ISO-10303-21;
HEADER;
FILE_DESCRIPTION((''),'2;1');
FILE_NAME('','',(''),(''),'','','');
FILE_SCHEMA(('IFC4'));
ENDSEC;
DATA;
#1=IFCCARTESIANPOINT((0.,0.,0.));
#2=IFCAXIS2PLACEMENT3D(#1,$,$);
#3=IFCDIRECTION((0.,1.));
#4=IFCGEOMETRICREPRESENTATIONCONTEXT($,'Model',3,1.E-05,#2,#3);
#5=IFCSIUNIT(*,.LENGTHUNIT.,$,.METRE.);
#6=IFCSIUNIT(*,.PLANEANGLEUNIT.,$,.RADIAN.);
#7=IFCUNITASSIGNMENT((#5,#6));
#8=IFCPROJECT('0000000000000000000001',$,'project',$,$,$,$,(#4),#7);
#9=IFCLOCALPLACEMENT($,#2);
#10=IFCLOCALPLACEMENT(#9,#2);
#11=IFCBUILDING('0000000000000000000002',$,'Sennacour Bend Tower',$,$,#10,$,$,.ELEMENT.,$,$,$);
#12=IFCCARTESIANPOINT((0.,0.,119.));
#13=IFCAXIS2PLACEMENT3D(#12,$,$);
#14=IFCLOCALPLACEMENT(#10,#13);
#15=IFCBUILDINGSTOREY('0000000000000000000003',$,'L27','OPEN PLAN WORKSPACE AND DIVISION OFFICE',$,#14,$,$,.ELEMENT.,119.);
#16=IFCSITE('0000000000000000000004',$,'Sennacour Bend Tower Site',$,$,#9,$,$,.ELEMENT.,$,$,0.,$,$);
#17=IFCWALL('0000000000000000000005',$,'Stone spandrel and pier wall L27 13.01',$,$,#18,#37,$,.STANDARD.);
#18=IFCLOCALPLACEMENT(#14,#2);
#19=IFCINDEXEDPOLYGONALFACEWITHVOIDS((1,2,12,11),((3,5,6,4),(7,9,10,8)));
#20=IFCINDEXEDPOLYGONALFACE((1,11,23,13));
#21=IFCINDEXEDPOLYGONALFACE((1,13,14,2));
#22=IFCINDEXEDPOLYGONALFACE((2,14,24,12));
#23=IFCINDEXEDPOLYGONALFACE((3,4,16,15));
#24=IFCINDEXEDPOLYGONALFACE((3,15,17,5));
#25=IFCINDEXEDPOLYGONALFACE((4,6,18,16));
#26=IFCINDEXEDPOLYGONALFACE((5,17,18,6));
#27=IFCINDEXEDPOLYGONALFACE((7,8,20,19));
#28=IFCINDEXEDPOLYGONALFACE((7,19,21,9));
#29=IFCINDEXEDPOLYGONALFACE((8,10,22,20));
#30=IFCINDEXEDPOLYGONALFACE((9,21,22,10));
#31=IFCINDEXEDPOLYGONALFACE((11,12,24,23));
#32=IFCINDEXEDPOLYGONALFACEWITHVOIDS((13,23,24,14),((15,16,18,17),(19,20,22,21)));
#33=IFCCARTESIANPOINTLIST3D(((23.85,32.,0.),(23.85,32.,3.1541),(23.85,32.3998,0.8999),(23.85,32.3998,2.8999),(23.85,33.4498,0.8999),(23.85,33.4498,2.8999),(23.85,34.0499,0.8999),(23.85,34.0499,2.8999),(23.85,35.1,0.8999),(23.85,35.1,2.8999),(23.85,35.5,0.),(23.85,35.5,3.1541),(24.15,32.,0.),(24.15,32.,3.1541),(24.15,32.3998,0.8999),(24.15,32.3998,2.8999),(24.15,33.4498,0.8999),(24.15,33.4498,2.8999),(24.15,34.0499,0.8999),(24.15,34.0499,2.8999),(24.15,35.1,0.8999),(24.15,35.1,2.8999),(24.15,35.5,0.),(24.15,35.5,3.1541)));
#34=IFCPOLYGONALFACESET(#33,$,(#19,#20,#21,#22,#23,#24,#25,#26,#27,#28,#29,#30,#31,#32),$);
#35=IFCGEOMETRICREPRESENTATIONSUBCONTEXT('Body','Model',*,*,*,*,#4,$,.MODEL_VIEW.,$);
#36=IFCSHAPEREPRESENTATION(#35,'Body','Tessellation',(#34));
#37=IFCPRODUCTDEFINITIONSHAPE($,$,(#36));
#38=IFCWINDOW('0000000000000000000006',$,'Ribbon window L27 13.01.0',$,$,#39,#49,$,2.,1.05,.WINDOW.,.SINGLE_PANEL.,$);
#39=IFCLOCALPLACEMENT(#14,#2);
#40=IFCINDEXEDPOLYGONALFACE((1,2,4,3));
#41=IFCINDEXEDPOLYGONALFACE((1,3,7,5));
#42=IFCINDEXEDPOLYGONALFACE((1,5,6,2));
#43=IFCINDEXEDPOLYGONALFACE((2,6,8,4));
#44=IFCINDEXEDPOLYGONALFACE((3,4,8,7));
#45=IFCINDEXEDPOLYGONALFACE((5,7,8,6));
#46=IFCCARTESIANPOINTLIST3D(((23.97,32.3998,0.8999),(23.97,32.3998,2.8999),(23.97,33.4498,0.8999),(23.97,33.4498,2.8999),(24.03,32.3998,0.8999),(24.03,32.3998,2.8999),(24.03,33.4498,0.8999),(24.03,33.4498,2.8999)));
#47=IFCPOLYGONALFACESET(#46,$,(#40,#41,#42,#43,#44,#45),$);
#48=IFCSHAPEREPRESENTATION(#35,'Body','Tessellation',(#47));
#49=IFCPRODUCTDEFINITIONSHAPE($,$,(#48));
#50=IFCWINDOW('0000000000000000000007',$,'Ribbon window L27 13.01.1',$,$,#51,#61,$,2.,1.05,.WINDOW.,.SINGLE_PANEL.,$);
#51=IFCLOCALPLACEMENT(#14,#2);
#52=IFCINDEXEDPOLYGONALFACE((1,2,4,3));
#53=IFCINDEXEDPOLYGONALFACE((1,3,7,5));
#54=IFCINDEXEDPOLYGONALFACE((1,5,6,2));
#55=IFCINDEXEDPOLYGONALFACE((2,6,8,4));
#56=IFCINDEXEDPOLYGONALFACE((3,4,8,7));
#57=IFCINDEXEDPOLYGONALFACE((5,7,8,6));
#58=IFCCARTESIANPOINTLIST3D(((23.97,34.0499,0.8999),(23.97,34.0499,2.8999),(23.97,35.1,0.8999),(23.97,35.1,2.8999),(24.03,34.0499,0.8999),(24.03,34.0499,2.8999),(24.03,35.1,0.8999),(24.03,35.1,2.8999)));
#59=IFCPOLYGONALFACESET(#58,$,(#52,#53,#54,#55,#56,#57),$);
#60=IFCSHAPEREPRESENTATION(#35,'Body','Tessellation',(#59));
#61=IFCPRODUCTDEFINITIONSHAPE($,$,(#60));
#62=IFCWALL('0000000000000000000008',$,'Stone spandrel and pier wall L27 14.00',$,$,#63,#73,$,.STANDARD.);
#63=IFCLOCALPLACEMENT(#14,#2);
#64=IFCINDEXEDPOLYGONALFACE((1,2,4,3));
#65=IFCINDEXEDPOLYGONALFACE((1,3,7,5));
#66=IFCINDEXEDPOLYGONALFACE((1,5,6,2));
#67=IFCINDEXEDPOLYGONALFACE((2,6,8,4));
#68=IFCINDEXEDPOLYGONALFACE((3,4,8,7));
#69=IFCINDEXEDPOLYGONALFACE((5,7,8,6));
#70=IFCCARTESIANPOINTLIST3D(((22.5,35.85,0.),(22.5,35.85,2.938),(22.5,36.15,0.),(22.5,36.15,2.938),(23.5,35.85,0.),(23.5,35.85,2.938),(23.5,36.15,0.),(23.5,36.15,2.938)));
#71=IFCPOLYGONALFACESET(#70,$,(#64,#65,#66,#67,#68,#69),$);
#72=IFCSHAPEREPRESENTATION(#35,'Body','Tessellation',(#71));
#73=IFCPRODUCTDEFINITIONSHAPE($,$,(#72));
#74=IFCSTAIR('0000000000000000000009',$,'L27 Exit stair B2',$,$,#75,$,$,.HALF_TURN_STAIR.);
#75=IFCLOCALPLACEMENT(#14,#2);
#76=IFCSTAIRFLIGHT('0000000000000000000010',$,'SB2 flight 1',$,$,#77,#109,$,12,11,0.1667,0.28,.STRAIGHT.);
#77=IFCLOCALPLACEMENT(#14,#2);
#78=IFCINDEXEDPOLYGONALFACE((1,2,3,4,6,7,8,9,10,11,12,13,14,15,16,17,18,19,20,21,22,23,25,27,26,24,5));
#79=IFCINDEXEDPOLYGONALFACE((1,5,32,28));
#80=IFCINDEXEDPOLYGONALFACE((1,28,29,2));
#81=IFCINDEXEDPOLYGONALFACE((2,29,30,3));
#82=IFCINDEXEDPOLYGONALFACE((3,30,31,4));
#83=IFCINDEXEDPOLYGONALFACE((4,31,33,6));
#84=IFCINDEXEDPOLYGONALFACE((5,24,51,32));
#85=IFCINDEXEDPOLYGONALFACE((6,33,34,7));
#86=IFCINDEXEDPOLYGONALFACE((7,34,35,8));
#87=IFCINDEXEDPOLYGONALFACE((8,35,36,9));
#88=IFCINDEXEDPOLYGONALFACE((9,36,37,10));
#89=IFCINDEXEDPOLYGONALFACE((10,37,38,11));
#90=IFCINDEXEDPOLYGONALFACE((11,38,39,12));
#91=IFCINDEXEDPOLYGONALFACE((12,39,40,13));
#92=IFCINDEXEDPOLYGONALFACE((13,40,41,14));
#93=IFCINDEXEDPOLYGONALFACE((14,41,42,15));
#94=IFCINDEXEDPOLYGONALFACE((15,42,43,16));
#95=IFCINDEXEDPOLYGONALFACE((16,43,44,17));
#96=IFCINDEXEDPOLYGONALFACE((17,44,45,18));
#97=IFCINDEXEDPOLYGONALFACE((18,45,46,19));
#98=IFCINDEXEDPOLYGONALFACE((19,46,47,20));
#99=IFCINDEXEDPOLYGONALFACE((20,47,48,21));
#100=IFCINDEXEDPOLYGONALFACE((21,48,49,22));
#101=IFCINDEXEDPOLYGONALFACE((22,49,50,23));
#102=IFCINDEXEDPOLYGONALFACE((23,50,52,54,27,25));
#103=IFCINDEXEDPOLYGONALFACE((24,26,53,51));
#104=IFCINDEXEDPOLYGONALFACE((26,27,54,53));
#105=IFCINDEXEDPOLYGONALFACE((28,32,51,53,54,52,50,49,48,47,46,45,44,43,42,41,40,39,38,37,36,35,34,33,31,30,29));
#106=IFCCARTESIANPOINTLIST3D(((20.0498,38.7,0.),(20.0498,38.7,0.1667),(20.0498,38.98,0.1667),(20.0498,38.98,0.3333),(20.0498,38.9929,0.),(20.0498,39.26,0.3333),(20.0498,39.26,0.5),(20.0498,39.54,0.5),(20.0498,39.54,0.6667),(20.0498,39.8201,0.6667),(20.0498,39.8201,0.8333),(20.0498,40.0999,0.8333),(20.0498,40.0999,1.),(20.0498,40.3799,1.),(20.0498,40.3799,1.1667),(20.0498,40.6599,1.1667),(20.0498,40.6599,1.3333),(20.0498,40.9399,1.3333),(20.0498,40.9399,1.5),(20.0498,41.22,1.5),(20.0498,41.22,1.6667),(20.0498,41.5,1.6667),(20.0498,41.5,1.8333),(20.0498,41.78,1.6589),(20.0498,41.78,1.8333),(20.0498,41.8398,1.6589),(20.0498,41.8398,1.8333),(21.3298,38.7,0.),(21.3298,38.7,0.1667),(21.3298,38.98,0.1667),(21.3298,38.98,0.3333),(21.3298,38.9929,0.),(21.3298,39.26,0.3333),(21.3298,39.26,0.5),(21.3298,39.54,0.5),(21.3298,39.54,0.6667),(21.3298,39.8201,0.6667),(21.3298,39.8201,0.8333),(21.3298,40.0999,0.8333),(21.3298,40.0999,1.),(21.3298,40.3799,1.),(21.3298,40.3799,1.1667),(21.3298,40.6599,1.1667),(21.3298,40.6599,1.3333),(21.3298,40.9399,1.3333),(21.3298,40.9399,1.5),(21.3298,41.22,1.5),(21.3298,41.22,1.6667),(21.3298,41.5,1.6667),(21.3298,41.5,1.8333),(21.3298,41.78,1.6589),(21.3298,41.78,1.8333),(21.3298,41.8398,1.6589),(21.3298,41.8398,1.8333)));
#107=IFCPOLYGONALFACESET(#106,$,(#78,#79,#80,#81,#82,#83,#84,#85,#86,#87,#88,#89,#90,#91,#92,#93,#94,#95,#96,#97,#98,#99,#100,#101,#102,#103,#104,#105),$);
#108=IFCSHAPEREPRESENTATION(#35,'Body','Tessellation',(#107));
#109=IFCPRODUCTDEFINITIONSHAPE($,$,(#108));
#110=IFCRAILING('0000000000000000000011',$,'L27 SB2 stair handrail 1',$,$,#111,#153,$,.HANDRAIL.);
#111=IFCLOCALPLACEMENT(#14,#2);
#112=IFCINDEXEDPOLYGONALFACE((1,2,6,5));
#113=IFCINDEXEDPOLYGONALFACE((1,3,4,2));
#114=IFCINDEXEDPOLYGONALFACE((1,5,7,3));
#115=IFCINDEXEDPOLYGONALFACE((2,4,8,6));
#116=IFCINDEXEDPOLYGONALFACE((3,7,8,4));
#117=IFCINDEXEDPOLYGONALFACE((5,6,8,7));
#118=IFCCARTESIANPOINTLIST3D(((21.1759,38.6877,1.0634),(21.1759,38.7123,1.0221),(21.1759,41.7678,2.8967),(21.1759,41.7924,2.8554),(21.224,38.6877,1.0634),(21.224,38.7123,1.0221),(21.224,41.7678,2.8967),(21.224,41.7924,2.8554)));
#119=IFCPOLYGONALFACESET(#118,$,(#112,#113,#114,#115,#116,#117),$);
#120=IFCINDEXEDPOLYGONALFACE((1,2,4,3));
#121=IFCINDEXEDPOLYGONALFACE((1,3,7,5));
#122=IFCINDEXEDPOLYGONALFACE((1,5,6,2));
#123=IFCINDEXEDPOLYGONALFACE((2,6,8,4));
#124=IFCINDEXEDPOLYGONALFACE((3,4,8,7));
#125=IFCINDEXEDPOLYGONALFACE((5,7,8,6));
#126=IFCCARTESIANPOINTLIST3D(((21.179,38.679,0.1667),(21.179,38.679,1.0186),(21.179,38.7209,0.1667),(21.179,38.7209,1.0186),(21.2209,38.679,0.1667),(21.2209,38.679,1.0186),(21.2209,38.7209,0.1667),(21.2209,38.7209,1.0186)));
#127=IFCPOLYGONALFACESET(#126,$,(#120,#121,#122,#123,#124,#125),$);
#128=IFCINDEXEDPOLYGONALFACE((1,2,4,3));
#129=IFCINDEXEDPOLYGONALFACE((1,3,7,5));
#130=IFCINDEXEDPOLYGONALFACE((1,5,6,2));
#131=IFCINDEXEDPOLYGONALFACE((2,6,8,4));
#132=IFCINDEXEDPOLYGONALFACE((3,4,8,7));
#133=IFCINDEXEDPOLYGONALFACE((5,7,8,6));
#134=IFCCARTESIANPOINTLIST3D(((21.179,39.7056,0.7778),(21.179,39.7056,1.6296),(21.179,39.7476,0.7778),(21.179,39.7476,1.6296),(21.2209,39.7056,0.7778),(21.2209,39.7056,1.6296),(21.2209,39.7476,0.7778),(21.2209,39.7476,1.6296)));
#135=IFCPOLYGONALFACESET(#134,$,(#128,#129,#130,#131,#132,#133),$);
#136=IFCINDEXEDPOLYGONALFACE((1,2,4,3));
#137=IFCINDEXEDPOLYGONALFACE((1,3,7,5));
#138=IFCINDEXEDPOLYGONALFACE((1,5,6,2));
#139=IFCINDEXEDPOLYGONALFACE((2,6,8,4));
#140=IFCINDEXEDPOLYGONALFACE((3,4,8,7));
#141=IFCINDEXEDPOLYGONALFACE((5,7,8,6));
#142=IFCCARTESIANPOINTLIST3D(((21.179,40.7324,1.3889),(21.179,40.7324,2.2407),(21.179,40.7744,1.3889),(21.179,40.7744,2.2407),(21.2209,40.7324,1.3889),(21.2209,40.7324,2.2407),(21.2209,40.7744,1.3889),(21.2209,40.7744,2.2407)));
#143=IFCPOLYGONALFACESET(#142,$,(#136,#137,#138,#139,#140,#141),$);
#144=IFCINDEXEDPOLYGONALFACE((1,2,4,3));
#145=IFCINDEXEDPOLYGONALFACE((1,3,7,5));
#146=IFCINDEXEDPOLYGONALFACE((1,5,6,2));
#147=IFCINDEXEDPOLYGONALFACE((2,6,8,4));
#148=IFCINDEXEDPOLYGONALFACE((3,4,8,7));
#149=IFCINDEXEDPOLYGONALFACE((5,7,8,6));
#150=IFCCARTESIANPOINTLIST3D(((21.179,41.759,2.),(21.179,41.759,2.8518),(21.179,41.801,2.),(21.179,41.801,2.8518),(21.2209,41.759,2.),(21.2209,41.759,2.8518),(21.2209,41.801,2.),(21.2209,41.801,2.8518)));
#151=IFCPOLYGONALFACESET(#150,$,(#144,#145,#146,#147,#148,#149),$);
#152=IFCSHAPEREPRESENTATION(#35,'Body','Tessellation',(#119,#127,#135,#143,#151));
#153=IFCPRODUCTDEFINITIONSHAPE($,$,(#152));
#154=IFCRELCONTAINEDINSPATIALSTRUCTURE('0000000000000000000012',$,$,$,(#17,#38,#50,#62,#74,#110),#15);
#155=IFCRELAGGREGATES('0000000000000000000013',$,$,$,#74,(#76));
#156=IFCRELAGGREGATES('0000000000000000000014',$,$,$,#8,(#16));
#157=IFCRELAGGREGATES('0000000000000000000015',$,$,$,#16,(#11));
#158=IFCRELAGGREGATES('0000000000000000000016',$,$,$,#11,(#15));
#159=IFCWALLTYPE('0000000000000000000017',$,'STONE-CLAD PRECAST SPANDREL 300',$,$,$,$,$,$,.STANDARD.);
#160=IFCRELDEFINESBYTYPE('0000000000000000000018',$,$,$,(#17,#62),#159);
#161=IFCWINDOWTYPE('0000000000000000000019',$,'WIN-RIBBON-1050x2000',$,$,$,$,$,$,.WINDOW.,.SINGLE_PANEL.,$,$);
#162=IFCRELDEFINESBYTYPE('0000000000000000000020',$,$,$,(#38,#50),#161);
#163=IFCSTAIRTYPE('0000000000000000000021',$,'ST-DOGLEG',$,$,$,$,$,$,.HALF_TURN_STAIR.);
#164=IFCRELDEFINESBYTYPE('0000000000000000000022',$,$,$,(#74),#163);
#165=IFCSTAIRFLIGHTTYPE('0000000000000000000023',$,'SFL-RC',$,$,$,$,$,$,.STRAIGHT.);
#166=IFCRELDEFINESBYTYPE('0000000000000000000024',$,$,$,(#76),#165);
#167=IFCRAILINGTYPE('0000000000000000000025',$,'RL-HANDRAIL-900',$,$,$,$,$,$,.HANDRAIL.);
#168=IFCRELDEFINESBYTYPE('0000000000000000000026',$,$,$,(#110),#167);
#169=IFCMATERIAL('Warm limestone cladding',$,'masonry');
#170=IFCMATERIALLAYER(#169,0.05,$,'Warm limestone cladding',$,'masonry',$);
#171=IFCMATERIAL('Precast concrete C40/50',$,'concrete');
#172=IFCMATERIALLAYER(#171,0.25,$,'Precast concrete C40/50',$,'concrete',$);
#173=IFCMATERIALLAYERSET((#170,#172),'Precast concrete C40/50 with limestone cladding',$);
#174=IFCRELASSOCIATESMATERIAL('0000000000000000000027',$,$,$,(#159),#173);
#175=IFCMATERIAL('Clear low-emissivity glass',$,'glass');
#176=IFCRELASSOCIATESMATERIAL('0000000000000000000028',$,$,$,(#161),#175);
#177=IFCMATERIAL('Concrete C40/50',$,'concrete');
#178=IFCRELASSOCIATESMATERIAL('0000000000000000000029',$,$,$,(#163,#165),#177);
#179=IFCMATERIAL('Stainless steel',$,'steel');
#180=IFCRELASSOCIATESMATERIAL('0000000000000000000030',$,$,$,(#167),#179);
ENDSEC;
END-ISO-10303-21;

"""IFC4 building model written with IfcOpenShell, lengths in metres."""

from ifc_helpers import new_model, si_unit, direction, frame, frame_2d, origin, origin_2d, place, context, subcontext, project, spatial, polyline, rectangle, outline, extrude, material, layer, layer_set, type_object, element, fill, aggregate, save


model = new_model("IFC4")

# Units and contexts
model_context = context("Model", 3, precision=1e-05, world=origin(), true_north=direction((0.0, 1.0)))
body_context = subcontext(model_context, "Body", "Model", "MODEL_VIEW")
ifc_project = project(units=[si_unit("LENGTHUNIT", "METRE"), si_unit("PLANEANGLEUNIT", "RADIAN")], contexts=[model_context])

# Site, building, storey
site_placement = place(None, origin())
site = spatial("IfcSite", under=ifc_project, at=site_placement, Name="Sennacour Bend Tower Site", CompositionType="ELEMENT", RefElevation=0.0)
building_placement = place(site_placement, origin())
building = spatial("IfcBuilding", under=site, at=building_placement, Name="Sennacour Bend Tower", CompositionType="ELEMENT")
storey_placement = place(building_placement, frame((0.0, 0.0, 119.0)))
storey = spatial("IfcBuildingStorey", under=building, at=storey_placement, Name="L27", Description="OPEN PLAN WORKSPACE AND DIVISION OFFICE", CompositionType="ELEMENT", Elevation=119.0)

# Shared definitions
ifc_material_1 = material(Name="Warm limestone cladding", Category="masonry")
ifc_layer_1 = layer(ifc_material_1, 0.05, Name="Warm limestone cladding", Category="masonry")
ifc_material_2 = material(Name="Precast concrete C40/50", Category="concrete")
ifc_layer_2 = layer(ifc_material_2, 0.25, Name="Precast concrete C40/50", Category="concrete")
ifc_layer_set_1 = layer_set([ifc_layer_1, ifc_layer_2], Name="Precast concrete C40/50 with limestone cladding")
wall_type_1 = type_object("IfcWallType", Name="STONE-CLAD PRECAST SPANDREL 300", PredefinedType="STANDARD", material=ifc_layer_set_1)

# Wall, openings, windows
ifc_material_3 = material(Name="Clear low-emissivity glass", Category="glass")
window_type_1 = type_object("IfcWindowType", Name="WIN-RIBBON-1050x2000", PartitioningType="SINGLE_PANEL", PredefinedType="WINDOW", material=ifc_material_3)
wall_1_placement = place(storey_placement, frame((24.0, 32.0, 0.0), z_axis=(0.0, 0.0, 1.0), x_axis=(0.0, 1.0, 0.0)))
wall_1 = element("IfcWall", 1, at=wall_1_placement, inside=storey, type_object=wall_type_1, Name="Stone spandrel and pier wall L27 13.01", PredefinedType="STANDARD", context=body_context, shape_type="SweptSolid", body=[
    extrude(rectangle(XDim=3.5, YDim=0.3, at=frame_2d((1.75, 0.0))), origin(), (0.0, 0.0, 1.0), 3.1541),
])
opening_1_placement = place(wall_1_placement, frame((0.3999, 0.0, 0.8999)))
opening_1 = element("IfcOpeningElement", 2, at=opening_1_placement, cuts=wall_1, PredefinedType="OPENING", context=body_context, shape_type="SweptSolid", body=[
    extrude(rectangle(XDim=1.05, YDim=2.0, at=frame_2d((0.5249, 1.0))), frame((0.0, 0.1602, 0.0), z_axis=(0.0, -1.0, 0.0), x_axis=(1.0, 0.0, 0.0)), (0.0, 0.0, 1.0), 0.3201),
])
opening_2_placement = place(wall_1_placement, frame((2.05, 0.0, 0.8999)))
opening_2 = element("IfcOpeningElement", 3, at=opening_2_placement, cuts=wall_1, PredefinedType="OPENING", context=body_context, shape_type="SweptSolid", body=[
    extrude(rectangle(XDim=1.05, YDim=2.0, at=frame_2d((0.5249, 1.0))), frame((0.0, 0.1602, 0.0), z_axis=(0.0, -1.0, 0.0), x_axis=(1.0, 0.0, 0.0)), (0.0, 0.0, 1.0), 0.3201),
])
window_1_placement = place(opening_1_placement, origin())
window_1 = element("IfcWindow", 4, at=window_1_placement, inside=storey, type_object=window_type_1, Name="Ribbon window L27 13.01.0", OverallHeight=2.0, OverallWidth=1.05, PartitioningType="SINGLE_PANEL", PredefinedType="WINDOW", context=body_context, shape_type="SweptSolid", body=[
    extrude(rectangle(XDim=1.05, YDim=2.0, at=frame_2d((0.5249, 1.0))), frame((0.0, 0.03, 0.0), z_axis=(0.0, -1.0, 0.0), x_axis=(1.0, 0.0, 0.0)), (0.0, 0.0, 1.0), 0.0601),
])
fill(opening_1, window_1)
window_2_placement = place(opening_2_placement, origin())
window_2 = element("IfcWindow", 5, at=window_2_placement, inside=storey, type_object=window_type_1, Name="Ribbon window L27 13.01.1", OverallHeight=2.0, OverallWidth=1.05, PartitioningType="SINGLE_PANEL", PredefinedType="WINDOW", context=body_context, shape_type="SweptSolid", body=[
    extrude(rectangle(XDim=1.05, YDim=2.0, at=frame_2d((0.5249, 1.0))), frame((0.0, 0.03, 0.0), z_axis=(0.0, -1.0, 0.0), x_axis=(1.0, 0.0, 0.0)), (0.0, 0.0, 1.0), 0.0601),
])
fill(opening_2, window_2)

# Wall
wall_2_placement = place(storey_placement, frame((23.5, 36.0, 0.0), z_axis=(0.0, 0.0, 1.0), x_axis=(-1.0, 0.0, 0.0)))
element("IfcWall", 6, at=wall_2_placement, inside=storey, type_object=wall_type_1, Name="Stone spandrel and pier wall L27 14.00", PredefinedType="STANDARD", context=body_context, shape_type="SweptSolid", body=[
    extrude(rectangle(XDim=1.0, YDim=0.3, at=frame_2d((0.5, 0.0))), origin(), (0.0, 0.0, 1.0), 2.938),
])

# Stair, stair flight
ifc_material_4 = material(Name="Concrete C40/50", Category="concrete")
stair_type = type_object("IfcStairType", Name="ST-DOGLEG", PredefinedType="HALF_TURN_STAIR", material=ifc_material_4)
stair_placement = place(storey_placement, origin())
stair = element("IfcStair", 7, at=stair_placement, inside=storey, type_object=stair_type, Name="L27 Exit stair B2", PredefinedType="HALF_TURN_STAIR")
stair_flight_type = type_object("IfcStairFlightType", Name="SFL-RC", PredefinedType="STRAIGHT", material=ifc_material_4)
stair_flight_placement = place(storey_placement, frame((20.6899, 38.7, 0.0), z_axis=(0.0, 0.0, 1.0), x_axis=(0.0, 1.0, 0.0)))
stair_flight = element("IfcStairFlight", 8, at=stair_flight_placement, type_object=stair_flight_type, Name="SB2 flight 1", NumberOfRisers=12, NumberOfTreads=11, PredefinedType="STRAIGHT", RiserHeight=0.1667, TreadLength=0.28, context=body_context, shape_type="SweptSolid", body=[
    extrude(outline(polyline([(0.0, 0.0), (0.0, 0.1667), (0.28, 0.1667), (0.28, 0.3333), (0.5601, 0.3333), (0.5601, 0.5), (0.8401, 0.5), (0.8401, 0.6667), (1.1201, 0.6667), (1.1201, 0.8333), (1.3999, 0.8333), (1.3999, 1.0), (1.6799, 1.0), (1.6799, 1.1667), (1.96, 1.1667), (1.96, 1.3333), (2.24, 1.3333), (2.24, 1.5), (2.52, 1.5), (2.52, 1.6667), (2.8, 1.6667), (2.8, 1.8333), (3.0801, 1.8333), (3.1399, 1.8333), (3.1399, 1.6589), (3.0801, 1.6589), (0.293, 0.0), (0.0, 0.0)])), frame((0.0, 0.6401, 0.0), z_axis=(0.0, -1.0, 0.0), x_axis=(1.0, 0.0, 0.0)), (0.0, 0.0, 1.0), 1.28),
])
aggregate(stair, [stair_flight])

# Railing
ifc_material_5 = material(Name="Stainless steel", Category="steel")
railing_type = type_object("IfcRailingType", Name="RL-HANDRAIL-900", PredefinedType="HANDRAIL", material=ifc_material_5)
railing_placement = place(storey_placement, frame((21.2, 38.7, 0.1667)))
element("IfcRailing", 9, at=railing_placement, inside=storey, type_object=railing_type, Name="L27 SB2 stair handrail 1", PredefinedType="HANDRAIL", context=body_context, shape_type="SweptSolid", body=[
    extrude(rectangle(XDim=0.0481, YDim=0.0481, at=origin_2d()), frame((0.0, 0.0, 0.876), z_axis=(0.0, 0.859309, 0.511458), x_axis=(-1.0, 0.0, 0.0)), (0.0, 0.0, 1.0), 3.5845),
    extrude(rectangle(XDim=0.042, YDim=0.042, at=origin_2d()), origin(), (0.0, 0.0, 1.0), 0.8518),
    extrude(rectangle(XDim=0.042, YDim=0.042, at=origin_2d()), frame((0.0, 1.0266, 0.6111)), (0.0, 0.0, 1.0), 0.8518),
    extrude(rectangle(XDim=0.042, YDim=0.042, at=origin_2d()), frame((0.0, 2.0535, 1.2222)), (0.0, 0.0, 1.0), 0.8518),
    extrude(rectangle(XDim=0.042, YDim=0.042, at=origin_2d()), frame((0.0, 3.0801, 1.8333)), (0.0, 0.0, 1.0), 0.8518),
])

save(model, "model.ifc")
